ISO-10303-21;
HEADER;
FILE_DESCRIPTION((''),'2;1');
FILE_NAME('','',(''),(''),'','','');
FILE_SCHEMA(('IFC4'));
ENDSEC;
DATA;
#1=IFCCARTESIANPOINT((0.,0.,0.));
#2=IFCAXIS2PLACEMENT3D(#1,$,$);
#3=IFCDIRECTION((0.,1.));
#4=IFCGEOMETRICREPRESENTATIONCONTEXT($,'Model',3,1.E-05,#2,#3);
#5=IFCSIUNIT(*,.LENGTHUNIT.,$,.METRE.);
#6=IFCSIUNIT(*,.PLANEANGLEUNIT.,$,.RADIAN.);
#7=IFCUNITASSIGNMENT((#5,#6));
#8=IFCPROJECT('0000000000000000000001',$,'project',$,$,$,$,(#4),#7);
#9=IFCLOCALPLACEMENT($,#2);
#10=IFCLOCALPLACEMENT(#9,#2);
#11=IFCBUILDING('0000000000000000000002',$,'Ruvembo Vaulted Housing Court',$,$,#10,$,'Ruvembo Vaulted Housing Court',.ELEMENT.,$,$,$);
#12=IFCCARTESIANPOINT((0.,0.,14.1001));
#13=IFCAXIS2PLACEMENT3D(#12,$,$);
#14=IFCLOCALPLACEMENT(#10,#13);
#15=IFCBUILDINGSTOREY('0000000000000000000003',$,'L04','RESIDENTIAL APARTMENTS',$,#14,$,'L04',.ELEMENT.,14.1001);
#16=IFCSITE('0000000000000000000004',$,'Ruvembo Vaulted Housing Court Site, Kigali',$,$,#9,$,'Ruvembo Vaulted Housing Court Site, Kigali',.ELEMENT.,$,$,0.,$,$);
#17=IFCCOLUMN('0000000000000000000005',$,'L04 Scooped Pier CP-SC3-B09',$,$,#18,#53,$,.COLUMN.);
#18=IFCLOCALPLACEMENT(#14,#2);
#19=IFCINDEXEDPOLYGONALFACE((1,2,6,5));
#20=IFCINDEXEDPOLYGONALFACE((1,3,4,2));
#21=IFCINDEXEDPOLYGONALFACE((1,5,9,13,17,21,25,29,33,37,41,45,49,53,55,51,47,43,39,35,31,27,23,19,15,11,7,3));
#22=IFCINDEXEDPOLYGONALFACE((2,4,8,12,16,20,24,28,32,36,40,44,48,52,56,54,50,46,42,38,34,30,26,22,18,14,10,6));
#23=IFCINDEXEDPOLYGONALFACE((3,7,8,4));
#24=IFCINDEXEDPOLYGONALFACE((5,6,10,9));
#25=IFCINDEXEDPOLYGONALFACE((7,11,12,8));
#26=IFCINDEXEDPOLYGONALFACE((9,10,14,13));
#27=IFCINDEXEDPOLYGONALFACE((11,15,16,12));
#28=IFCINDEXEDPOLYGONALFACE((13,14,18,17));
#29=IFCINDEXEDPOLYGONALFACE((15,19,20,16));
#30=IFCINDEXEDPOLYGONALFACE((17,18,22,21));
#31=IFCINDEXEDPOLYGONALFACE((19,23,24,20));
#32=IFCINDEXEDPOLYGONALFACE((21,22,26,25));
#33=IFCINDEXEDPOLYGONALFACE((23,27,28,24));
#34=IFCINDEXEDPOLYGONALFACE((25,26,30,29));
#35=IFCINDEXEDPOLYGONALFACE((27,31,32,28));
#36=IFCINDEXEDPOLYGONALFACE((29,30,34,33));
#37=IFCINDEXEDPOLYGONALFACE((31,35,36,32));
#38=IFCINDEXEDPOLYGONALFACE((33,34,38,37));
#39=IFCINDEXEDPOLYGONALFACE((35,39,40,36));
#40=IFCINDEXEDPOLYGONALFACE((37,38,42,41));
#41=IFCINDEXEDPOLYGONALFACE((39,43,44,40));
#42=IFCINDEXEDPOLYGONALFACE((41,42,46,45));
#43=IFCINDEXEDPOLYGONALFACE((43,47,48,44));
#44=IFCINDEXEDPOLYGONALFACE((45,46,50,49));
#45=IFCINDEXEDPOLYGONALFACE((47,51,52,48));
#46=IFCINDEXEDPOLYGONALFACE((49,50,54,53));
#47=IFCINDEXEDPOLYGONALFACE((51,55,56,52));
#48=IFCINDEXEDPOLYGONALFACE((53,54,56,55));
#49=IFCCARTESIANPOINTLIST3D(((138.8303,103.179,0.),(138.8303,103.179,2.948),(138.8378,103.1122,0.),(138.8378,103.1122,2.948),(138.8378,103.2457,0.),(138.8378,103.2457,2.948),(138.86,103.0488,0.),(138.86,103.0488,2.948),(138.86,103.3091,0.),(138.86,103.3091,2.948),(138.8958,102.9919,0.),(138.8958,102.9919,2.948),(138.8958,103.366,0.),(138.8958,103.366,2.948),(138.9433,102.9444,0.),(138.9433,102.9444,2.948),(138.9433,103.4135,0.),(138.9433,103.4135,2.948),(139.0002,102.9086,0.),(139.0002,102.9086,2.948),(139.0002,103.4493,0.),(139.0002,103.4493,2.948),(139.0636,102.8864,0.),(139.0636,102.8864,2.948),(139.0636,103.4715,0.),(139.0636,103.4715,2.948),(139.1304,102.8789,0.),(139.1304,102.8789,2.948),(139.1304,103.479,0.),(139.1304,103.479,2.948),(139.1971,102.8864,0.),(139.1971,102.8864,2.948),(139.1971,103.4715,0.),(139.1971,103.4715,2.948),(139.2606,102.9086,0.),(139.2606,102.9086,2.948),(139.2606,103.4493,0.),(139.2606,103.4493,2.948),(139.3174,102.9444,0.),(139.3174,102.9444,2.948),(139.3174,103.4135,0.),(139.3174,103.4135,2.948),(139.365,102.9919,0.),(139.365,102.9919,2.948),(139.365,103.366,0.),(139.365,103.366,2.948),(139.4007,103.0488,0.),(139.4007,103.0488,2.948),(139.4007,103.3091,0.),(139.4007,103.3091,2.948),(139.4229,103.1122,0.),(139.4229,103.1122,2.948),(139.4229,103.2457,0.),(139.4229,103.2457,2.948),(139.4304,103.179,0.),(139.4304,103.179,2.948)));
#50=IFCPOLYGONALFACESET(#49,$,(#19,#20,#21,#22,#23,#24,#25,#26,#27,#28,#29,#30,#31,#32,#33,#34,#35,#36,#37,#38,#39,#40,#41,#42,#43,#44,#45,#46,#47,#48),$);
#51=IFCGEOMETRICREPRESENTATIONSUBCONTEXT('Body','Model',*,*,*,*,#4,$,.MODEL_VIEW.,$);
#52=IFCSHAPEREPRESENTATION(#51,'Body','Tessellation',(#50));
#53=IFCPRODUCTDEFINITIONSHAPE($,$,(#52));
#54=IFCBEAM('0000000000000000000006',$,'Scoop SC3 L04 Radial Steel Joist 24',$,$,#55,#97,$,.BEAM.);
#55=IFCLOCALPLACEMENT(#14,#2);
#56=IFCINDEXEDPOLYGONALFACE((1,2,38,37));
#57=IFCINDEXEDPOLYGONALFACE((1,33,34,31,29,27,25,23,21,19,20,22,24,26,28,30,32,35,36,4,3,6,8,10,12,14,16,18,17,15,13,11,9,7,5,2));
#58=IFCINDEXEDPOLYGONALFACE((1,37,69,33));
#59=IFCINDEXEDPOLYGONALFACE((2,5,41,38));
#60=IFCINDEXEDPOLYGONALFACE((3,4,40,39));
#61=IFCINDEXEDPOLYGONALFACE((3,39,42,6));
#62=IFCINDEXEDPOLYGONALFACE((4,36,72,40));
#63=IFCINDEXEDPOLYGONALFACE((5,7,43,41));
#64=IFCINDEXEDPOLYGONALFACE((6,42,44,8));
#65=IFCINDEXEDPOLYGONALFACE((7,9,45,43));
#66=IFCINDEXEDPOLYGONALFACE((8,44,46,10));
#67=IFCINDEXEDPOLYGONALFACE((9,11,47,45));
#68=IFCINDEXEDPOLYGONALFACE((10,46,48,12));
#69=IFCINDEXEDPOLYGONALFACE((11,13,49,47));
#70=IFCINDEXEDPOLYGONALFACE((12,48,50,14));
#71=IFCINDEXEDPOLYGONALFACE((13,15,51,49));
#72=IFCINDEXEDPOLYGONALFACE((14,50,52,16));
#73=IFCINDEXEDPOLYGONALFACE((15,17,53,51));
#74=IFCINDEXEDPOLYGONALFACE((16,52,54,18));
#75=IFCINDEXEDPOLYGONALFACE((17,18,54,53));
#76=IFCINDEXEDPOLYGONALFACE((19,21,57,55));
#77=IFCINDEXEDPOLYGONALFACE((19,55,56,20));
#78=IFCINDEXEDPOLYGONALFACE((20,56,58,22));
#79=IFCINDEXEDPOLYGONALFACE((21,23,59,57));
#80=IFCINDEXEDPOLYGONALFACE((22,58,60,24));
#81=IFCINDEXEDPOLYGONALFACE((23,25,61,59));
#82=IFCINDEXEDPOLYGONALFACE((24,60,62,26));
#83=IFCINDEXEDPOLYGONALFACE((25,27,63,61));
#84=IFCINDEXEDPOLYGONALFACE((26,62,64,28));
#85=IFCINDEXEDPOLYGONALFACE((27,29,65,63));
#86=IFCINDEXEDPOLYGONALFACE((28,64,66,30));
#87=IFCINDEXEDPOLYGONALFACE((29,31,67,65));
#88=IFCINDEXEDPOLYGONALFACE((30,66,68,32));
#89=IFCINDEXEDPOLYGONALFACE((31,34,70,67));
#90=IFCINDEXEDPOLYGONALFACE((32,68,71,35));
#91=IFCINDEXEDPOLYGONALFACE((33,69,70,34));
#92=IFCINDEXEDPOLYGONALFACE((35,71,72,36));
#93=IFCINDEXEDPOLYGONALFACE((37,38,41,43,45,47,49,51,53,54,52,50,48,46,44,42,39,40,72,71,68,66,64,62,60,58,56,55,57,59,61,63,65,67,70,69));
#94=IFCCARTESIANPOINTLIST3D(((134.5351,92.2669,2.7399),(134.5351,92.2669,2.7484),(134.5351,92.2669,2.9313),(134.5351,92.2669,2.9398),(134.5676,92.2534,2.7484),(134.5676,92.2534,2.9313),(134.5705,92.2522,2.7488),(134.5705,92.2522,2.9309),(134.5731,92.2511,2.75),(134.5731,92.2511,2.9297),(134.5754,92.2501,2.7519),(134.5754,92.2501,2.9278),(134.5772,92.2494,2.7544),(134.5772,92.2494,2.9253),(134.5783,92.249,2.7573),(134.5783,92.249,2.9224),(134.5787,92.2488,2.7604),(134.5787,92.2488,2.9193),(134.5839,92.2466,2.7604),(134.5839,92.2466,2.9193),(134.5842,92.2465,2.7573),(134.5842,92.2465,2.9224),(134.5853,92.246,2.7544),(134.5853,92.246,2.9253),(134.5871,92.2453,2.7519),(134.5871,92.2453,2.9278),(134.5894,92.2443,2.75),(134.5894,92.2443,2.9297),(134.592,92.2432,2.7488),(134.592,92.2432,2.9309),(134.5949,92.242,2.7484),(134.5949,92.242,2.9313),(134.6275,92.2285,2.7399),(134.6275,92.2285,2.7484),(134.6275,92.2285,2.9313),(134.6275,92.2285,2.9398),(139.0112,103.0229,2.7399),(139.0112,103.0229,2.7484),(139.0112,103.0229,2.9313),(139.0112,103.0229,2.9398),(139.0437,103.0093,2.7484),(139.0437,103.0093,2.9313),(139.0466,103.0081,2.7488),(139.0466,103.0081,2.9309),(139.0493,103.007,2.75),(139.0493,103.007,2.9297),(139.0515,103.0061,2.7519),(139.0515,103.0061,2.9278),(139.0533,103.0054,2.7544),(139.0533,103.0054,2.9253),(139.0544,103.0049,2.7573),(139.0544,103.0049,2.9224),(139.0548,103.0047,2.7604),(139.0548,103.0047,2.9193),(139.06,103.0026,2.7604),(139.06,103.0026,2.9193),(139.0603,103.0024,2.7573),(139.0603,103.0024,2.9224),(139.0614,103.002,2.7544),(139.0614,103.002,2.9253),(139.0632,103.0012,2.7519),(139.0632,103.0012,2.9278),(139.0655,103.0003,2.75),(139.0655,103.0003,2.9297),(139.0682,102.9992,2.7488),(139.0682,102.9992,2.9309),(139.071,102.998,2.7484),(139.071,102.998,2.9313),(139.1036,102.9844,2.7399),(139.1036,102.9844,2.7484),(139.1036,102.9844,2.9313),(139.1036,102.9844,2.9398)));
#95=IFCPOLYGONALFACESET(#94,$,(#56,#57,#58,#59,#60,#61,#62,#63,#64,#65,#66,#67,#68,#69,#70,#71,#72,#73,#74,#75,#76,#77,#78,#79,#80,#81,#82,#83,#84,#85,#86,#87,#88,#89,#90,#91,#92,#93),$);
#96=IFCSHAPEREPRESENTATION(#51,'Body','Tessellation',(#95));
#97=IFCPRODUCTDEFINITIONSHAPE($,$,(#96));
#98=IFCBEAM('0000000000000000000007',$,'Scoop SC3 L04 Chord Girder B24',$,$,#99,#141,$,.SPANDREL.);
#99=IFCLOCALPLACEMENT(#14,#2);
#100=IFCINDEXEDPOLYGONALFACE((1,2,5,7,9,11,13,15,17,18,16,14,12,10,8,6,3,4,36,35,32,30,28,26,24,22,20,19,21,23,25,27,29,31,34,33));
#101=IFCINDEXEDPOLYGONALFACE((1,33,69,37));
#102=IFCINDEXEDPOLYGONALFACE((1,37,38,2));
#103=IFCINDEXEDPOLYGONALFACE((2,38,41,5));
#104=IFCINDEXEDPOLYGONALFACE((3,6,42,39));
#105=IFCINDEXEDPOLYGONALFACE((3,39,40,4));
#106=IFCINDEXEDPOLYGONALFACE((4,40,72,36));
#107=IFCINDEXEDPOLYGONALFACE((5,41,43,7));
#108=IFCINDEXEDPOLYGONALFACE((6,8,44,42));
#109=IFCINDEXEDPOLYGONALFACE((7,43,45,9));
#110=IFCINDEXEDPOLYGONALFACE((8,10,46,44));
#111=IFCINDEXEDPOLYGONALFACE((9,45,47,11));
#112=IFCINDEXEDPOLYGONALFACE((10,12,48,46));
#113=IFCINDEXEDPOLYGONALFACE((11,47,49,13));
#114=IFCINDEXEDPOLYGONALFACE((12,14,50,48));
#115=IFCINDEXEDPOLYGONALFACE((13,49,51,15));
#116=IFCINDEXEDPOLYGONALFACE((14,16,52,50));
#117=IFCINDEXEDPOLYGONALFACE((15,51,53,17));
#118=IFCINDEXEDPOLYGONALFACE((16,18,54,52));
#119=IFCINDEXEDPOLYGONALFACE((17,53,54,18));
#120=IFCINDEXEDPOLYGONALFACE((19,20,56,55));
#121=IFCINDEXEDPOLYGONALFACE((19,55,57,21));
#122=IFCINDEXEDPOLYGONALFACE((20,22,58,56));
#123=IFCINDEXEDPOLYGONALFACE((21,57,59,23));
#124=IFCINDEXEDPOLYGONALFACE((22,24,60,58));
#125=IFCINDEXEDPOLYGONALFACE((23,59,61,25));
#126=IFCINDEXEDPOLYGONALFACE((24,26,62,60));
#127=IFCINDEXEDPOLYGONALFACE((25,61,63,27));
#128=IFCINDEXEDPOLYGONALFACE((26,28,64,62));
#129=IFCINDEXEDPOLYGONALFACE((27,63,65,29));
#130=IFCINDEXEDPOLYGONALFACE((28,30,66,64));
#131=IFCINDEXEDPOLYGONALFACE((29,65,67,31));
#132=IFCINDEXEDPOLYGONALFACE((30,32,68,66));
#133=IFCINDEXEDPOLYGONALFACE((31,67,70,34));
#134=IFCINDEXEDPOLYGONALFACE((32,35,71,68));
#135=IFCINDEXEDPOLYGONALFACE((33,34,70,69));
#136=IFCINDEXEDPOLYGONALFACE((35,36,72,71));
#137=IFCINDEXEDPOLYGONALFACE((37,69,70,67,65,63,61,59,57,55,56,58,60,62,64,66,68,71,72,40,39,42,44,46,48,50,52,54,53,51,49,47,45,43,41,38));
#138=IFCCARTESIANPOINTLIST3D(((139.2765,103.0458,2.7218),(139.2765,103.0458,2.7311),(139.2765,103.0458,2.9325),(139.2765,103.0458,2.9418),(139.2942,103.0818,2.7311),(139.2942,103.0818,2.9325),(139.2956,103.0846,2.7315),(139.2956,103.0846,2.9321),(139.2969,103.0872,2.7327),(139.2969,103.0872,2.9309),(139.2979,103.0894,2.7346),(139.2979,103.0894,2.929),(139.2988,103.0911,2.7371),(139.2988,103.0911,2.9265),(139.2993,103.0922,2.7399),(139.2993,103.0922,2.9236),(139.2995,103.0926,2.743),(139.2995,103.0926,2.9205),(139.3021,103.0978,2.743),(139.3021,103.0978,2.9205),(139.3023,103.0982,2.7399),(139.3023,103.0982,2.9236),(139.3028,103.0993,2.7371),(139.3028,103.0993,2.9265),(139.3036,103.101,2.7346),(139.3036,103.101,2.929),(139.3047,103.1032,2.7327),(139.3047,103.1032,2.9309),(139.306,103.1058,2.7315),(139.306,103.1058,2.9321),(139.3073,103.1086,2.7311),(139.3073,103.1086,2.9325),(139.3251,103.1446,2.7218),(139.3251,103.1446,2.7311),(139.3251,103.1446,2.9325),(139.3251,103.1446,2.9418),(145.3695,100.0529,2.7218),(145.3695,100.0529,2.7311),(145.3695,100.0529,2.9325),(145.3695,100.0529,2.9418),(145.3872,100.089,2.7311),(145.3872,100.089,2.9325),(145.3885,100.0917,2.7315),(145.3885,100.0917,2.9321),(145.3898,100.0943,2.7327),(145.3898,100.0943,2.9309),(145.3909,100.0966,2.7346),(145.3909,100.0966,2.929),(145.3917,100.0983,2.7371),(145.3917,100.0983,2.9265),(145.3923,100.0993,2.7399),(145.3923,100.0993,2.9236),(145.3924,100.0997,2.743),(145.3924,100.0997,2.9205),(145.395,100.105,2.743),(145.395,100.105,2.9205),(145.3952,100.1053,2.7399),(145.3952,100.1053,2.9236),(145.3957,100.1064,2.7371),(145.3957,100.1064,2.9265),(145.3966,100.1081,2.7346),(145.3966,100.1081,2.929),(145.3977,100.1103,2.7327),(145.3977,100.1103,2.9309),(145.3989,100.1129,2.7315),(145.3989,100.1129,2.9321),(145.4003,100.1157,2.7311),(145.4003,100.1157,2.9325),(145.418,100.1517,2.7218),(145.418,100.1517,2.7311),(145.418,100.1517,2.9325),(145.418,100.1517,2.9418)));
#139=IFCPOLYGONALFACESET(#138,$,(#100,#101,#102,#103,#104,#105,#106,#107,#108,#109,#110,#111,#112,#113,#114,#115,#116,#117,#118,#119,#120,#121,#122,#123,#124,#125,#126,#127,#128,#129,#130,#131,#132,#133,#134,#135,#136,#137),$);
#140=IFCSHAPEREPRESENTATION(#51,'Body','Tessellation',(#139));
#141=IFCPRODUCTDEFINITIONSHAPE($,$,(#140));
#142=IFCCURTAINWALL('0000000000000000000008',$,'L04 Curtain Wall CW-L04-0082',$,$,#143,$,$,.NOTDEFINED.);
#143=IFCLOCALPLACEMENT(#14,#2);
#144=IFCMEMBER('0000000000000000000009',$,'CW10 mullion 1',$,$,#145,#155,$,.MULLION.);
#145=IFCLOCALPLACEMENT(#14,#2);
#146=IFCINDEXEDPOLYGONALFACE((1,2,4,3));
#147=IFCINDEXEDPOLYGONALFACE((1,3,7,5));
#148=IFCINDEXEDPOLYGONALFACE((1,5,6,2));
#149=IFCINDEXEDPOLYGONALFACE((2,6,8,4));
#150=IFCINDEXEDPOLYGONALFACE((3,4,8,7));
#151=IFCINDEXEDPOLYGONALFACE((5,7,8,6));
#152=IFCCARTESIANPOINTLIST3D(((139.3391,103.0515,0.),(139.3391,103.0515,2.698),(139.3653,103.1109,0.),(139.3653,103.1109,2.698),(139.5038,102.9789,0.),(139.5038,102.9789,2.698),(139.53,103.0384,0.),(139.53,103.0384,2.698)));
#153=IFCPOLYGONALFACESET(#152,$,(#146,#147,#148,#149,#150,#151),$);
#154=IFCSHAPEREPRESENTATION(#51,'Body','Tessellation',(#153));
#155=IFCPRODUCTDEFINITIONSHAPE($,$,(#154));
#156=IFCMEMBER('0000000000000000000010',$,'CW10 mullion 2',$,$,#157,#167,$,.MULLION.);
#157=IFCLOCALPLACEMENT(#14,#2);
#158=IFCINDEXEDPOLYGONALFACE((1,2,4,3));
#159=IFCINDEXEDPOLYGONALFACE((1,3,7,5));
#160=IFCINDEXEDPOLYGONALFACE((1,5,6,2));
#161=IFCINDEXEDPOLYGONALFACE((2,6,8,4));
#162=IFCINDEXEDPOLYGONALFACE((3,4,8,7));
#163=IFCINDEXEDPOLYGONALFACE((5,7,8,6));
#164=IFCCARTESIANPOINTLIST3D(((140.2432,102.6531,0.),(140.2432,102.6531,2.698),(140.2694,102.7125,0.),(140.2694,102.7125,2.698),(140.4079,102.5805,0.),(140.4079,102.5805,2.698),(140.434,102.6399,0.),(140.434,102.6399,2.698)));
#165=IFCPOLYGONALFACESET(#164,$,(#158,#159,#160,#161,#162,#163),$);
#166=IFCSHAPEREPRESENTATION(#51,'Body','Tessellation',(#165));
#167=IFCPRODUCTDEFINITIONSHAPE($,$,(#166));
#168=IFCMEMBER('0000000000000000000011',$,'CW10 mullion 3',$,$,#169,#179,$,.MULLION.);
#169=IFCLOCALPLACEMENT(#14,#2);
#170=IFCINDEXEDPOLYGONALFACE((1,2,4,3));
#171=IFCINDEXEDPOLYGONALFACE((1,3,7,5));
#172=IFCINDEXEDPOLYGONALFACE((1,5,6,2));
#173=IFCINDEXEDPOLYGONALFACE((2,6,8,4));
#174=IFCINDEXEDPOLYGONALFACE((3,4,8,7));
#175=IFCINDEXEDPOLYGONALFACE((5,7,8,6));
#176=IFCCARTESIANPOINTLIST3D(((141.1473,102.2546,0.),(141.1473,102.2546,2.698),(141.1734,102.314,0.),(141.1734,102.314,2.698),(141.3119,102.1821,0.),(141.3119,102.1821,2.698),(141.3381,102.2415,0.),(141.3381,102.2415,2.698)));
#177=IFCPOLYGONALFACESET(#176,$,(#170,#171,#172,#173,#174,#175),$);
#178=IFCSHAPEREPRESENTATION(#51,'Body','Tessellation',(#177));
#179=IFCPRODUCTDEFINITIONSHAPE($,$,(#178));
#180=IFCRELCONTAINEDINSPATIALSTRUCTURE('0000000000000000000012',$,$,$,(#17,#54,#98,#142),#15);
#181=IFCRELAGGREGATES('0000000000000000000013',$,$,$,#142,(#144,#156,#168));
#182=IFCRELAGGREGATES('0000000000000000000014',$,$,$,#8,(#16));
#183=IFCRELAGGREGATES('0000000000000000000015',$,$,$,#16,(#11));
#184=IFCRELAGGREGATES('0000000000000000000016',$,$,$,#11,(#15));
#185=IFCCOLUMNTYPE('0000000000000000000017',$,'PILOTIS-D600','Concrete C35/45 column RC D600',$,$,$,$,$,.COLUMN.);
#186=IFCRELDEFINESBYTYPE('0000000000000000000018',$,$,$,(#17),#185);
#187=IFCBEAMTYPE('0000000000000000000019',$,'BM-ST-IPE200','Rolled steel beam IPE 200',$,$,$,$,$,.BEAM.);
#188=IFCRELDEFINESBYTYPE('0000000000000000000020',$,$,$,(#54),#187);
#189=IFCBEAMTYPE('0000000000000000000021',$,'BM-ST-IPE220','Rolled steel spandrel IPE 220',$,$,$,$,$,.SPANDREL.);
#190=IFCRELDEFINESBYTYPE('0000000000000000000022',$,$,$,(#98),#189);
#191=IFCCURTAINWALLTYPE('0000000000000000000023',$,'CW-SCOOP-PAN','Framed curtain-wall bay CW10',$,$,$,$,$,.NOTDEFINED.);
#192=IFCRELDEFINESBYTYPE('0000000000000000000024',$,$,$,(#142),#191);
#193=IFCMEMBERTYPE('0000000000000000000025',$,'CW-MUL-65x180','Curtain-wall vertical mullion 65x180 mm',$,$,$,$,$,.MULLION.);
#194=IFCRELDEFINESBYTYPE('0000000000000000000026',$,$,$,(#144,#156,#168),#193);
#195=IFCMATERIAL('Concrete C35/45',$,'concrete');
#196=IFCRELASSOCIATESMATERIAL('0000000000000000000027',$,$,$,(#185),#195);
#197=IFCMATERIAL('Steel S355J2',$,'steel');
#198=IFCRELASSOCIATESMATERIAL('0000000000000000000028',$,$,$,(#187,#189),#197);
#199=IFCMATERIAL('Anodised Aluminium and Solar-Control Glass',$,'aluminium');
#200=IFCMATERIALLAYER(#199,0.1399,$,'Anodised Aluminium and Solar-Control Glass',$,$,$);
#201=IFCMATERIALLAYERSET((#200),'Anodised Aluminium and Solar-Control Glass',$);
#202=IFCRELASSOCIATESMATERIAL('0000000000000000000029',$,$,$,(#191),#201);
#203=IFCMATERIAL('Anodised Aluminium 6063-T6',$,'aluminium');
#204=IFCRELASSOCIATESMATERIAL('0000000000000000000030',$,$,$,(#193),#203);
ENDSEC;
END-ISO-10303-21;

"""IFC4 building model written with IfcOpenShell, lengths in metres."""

from ifc_helpers import new_model, si_unit, direction, frame, origin, origin_2d, place, context, subcontext, project, spatial, rectangle, circle, i_section, extrude, material, layer, layer_set, material_profile, profile_set, type_object, element, aggregate, save


model = new_model("IFC4")

# Units and contexts
model_context = context("Model", 3, precision=1e-05, world=origin(), true_north=direction((0.0, 1.0)))
body_context = subcontext(model_context, "Body", "Model", "MODEL_VIEW")
ifc_project = project(units=[si_unit("LENGTHUNIT", "METRE"), si_unit("PLANEANGLEUNIT", "RADIAN")], contexts=[model_context])

# Site, building, storey
site_placement = place(None, origin())
site = spatial("IfcSite", under=ifc_project, at=site_placement, Name="Ruvembo Vaulted Housing Court Site, Kigali", LongName="Ruvembo Vaulted Housing Court Site, Kigali", CompositionType="ELEMENT", RefElevation=0.0)
building_placement = place(site_placement, origin())
building = spatial("IfcBuilding", under=site, at=building_placement, Name="Ruvembo Vaulted Housing Court", LongName="Ruvembo Vaulted Housing Court", CompositionType="ELEMENT")
storey_placement = place(building_placement, frame((0.0, 0.0, 14.1001)))
storey = spatial("IfcBuildingStorey", under=building, at=storey_placement, Name="L04", Description="RESIDENTIAL APARTMENTS", LongName="L04", CompositionType="ELEMENT", Elevation=14.1001)

# Column
ifc_material_1 = material(Name="Concrete C35/45", Category="concrete")
ifc_material_profile_1 = material_profile(ifc_material_1, circle(Radius=0.3, at=origin_2d()), Name="RC D600")
ifc_profile_set_1 = profile_set([ifc_material_profile_1], Name="Concrete C35/45")
column_type = type_object("IfcColumnType", Name="PILOTIS-D600", Description="Concrete C35/45 column RC D600", PredefinedType="COLUMN", material=ifc_profile_set_1)
column_placement = place(storey_placement, frame((139.1304, 103.179, 0.0), z_axis=(0.0, 0.0, 1.0), x_axis=(1.0, 0.0, 0.0)))
element("IfcColumn", 1, at=column_placement, inside=storey, type_object=column_type, Name="L04 Scooped Pier CP-SC3-B09", PredefinedType="COLUMN", context=body_context, shape_type="SweptSolid", body=[
    extrude(circle(Radius=0.3, at=origin_2d()), origin(), (0.0, 0.0, 1.0), 2.948),
])

# Beams
ifc_material_2 = material(Name="Steel S355J2", Category="steel")
ifc_material_profile_2 = material_profile(ifc_material_2, i_section(OverallWidth=0.1001, OverallDepth=0.2, WebThickness=0.0056, FlangeThickness=0.0085, FilletRadius=0.012, at=origin_2d()), Name="IPE 200")
ifc_profile_set_2 = profile_set([ifc_material_profile_2], Name="Steel S355J2")
beam_type_1 = type_object("IfcBeamType", Name="BM-ST-IPE200", Description="Rolled steel beam IPE 200", PredefinedType="BEAM", material=ifc_profile_set_2)
beam_1_placement = place(storey_placement, frame((139.0574, 103.0037, 2.8398), z_axis=(-0.384211, -0.923245, 0.0), x_axis=(0.923245, -0.384211, 0.0)))
element("IfcBeam", 2, at=beam_1_placement, inside=storey, type_object=beam_type_1, Name="Scoop SC3 L04 Radial Steel Joist 24", PredefinedType="BEAM", context=body_context, shape_type="SweptSolid", body=[
    extrude(i_section(OverallWidth=0.1001, OverallDepth=0.2, WebThickness=0.0056, FlangeThickness=0.0085, FilletRadius=0.012, at=origin_2d()), origin(), (0.0, 0.0, 1.0), 11.6501),
])
ifc_material_profile_3 = material_profile(ifc_material_2, i_section(OverallWidth=0.1101, OverallDepth=0.22, WebThickness=0.0059, FlangeThickness=0.0093, FilletRadius=0.012, at=origin_2d()), Name="IPE 220")
ifc_profile_set_3 = profile_set([ifc_material_profile_3], Name="Steel S355J2")
beam_type_2 = type_object("IfcBeamType", Name="BM-ST-IPE220", Description="Rolled steel spandrel IPE 220", PredefinedType="SPANDREL", material=ifc_profile_set_3)
beam_2_placement = place(storey_placement, frame((139.3008, 103.0952, 2.8318), z_axis=(0.897563, -0.440887, 0.0), x_axis=(0.440887, 0.897563, 0.0)))
element("IfcBeam", 3, at=beam_2_placement, inside=storey, type_object=beam_type_2, Name="Scoop SC3 L04 Chord Girder B24", PredefinedType="SPANDREL", context=body_context, shape_type="SweptSolid", body=[
    extrude(i_section(OverallWidth=0.1101, OverallDepth=0.22, WebThickness=0.0059, FlangeThickness=0.0093, FilletRadius=0.012, at=origin_2d()), origin(), (0.0, 0.0, 1.0), 6.7883),
])

# Curtain wall, members
ifc_material_3 = material(Name="Anodised Aluminium and Solar-Control Glass", Category="aluminium")
ifc_layer_1 = layer(ifc_material_3, 0.1399, Name="Anodised Aluminium and Solar-Control Glass")
ifc_layer_set_1 = layer_set([ifc_layer_1], Name="Anodised Aluminium and Solar-Control Glass")
curtain_wall_type = type_object("IfcCurtainWallType", Name="CW-SCOOP-PAN", Description="Framed curtain-wall bay CW10", PredefinedType="NOTDEFINED", material=ifc_layer_set_1)
curtain_wall_placement = place(storey_placement, origin())
curtain_wall = element("IfcCurtainWall", 4, at=curtain_wall_placement, inside=storey, type_object=curtain_wall_type, Name="L04 Curtain Wall CW-L04-0082", PredefinedType="NOTDEFINED")
ifc_material_4 = material(Name="Anodised Aluminium 6063-T6", Category="aluminium")
ifc_material_profile_4 = material_profile(ifc_material_4, rectangle(XDim=0.0649, YDim=0.1799, at=origin_2d()), Name="ALU 65x180")
ifc_profile_set_4 = profile_set([ifc_material_profile_4], Name="Anodised Aluminium 6063-T6")
member_type_1 = type_object("IfcMemberType", Name="CW-MUL-65x180", Description="Curtain-wall vertical mullion 65x180 mm", PredefinedType="MULLION", material=ifc_profile_set_4)
member_1_placement = place(storey_placement, frame((139.4346, 103.0449, 0.0), z_axis=(0.0, 0.0, 1.0), x_axis=(0.403272, 0.91508, 0.0)))
member_1 = element("IfcMember", 5, at=member_1_placement, type_object=member_type_1, Name="CW10 mullion 1", PredefinedType="MULLION", context=body_context, shape_type="SweptSolid", body=[
    extrude(rectangle(XDim=0.0649, YDim=0.1799, at=origin_2d()), origin(), (0.0, 0.0, 1.0), 2.698),
])
member_2_placement = place(storey_placement, frame((140.3386, 102.6465, 0.0), z_axis=(0.0, 0.0, 1.0), x_axis=(0.403272, 0.91508, 0.0)))
member_2 = element("IfcMember", 6, at=member_2_placement, type_object=member_type_1, Name="CW10 mullion 2", PredefinedType="MULLION", context=body_context, shape_type="SweptSolid", body=[
    extrude(rectangle(XDim=0.0649, YDim=0.1799, at=origin_2d()), origin(), (0.0, 0.0, 1.0), 2.698),
])
member_3_placement = place(storey_placement, frame((141.2427, 102.248, 0.0), z_axis=(0.0, 0.0, 1.0), x_axis=(0.403272, 0.91508, 0.0)))
member_3 = element("IfcMember", 7, at=member_3_placement, type_object=member_type_1, Name="CW10 mullion 3", PredefinedType="MULLION", context=body_context, shape_type="SweptSolid", body=[
    extrude(rectangle(XDim=0.0649, YDim=0.1799, at=origin_2d()), origin(), (0.0, 0.0, 1.0), 2.698),
])
aggregate(curtain_wall, [member_1, member_2, member_3])

save(model, "model.ifc")
